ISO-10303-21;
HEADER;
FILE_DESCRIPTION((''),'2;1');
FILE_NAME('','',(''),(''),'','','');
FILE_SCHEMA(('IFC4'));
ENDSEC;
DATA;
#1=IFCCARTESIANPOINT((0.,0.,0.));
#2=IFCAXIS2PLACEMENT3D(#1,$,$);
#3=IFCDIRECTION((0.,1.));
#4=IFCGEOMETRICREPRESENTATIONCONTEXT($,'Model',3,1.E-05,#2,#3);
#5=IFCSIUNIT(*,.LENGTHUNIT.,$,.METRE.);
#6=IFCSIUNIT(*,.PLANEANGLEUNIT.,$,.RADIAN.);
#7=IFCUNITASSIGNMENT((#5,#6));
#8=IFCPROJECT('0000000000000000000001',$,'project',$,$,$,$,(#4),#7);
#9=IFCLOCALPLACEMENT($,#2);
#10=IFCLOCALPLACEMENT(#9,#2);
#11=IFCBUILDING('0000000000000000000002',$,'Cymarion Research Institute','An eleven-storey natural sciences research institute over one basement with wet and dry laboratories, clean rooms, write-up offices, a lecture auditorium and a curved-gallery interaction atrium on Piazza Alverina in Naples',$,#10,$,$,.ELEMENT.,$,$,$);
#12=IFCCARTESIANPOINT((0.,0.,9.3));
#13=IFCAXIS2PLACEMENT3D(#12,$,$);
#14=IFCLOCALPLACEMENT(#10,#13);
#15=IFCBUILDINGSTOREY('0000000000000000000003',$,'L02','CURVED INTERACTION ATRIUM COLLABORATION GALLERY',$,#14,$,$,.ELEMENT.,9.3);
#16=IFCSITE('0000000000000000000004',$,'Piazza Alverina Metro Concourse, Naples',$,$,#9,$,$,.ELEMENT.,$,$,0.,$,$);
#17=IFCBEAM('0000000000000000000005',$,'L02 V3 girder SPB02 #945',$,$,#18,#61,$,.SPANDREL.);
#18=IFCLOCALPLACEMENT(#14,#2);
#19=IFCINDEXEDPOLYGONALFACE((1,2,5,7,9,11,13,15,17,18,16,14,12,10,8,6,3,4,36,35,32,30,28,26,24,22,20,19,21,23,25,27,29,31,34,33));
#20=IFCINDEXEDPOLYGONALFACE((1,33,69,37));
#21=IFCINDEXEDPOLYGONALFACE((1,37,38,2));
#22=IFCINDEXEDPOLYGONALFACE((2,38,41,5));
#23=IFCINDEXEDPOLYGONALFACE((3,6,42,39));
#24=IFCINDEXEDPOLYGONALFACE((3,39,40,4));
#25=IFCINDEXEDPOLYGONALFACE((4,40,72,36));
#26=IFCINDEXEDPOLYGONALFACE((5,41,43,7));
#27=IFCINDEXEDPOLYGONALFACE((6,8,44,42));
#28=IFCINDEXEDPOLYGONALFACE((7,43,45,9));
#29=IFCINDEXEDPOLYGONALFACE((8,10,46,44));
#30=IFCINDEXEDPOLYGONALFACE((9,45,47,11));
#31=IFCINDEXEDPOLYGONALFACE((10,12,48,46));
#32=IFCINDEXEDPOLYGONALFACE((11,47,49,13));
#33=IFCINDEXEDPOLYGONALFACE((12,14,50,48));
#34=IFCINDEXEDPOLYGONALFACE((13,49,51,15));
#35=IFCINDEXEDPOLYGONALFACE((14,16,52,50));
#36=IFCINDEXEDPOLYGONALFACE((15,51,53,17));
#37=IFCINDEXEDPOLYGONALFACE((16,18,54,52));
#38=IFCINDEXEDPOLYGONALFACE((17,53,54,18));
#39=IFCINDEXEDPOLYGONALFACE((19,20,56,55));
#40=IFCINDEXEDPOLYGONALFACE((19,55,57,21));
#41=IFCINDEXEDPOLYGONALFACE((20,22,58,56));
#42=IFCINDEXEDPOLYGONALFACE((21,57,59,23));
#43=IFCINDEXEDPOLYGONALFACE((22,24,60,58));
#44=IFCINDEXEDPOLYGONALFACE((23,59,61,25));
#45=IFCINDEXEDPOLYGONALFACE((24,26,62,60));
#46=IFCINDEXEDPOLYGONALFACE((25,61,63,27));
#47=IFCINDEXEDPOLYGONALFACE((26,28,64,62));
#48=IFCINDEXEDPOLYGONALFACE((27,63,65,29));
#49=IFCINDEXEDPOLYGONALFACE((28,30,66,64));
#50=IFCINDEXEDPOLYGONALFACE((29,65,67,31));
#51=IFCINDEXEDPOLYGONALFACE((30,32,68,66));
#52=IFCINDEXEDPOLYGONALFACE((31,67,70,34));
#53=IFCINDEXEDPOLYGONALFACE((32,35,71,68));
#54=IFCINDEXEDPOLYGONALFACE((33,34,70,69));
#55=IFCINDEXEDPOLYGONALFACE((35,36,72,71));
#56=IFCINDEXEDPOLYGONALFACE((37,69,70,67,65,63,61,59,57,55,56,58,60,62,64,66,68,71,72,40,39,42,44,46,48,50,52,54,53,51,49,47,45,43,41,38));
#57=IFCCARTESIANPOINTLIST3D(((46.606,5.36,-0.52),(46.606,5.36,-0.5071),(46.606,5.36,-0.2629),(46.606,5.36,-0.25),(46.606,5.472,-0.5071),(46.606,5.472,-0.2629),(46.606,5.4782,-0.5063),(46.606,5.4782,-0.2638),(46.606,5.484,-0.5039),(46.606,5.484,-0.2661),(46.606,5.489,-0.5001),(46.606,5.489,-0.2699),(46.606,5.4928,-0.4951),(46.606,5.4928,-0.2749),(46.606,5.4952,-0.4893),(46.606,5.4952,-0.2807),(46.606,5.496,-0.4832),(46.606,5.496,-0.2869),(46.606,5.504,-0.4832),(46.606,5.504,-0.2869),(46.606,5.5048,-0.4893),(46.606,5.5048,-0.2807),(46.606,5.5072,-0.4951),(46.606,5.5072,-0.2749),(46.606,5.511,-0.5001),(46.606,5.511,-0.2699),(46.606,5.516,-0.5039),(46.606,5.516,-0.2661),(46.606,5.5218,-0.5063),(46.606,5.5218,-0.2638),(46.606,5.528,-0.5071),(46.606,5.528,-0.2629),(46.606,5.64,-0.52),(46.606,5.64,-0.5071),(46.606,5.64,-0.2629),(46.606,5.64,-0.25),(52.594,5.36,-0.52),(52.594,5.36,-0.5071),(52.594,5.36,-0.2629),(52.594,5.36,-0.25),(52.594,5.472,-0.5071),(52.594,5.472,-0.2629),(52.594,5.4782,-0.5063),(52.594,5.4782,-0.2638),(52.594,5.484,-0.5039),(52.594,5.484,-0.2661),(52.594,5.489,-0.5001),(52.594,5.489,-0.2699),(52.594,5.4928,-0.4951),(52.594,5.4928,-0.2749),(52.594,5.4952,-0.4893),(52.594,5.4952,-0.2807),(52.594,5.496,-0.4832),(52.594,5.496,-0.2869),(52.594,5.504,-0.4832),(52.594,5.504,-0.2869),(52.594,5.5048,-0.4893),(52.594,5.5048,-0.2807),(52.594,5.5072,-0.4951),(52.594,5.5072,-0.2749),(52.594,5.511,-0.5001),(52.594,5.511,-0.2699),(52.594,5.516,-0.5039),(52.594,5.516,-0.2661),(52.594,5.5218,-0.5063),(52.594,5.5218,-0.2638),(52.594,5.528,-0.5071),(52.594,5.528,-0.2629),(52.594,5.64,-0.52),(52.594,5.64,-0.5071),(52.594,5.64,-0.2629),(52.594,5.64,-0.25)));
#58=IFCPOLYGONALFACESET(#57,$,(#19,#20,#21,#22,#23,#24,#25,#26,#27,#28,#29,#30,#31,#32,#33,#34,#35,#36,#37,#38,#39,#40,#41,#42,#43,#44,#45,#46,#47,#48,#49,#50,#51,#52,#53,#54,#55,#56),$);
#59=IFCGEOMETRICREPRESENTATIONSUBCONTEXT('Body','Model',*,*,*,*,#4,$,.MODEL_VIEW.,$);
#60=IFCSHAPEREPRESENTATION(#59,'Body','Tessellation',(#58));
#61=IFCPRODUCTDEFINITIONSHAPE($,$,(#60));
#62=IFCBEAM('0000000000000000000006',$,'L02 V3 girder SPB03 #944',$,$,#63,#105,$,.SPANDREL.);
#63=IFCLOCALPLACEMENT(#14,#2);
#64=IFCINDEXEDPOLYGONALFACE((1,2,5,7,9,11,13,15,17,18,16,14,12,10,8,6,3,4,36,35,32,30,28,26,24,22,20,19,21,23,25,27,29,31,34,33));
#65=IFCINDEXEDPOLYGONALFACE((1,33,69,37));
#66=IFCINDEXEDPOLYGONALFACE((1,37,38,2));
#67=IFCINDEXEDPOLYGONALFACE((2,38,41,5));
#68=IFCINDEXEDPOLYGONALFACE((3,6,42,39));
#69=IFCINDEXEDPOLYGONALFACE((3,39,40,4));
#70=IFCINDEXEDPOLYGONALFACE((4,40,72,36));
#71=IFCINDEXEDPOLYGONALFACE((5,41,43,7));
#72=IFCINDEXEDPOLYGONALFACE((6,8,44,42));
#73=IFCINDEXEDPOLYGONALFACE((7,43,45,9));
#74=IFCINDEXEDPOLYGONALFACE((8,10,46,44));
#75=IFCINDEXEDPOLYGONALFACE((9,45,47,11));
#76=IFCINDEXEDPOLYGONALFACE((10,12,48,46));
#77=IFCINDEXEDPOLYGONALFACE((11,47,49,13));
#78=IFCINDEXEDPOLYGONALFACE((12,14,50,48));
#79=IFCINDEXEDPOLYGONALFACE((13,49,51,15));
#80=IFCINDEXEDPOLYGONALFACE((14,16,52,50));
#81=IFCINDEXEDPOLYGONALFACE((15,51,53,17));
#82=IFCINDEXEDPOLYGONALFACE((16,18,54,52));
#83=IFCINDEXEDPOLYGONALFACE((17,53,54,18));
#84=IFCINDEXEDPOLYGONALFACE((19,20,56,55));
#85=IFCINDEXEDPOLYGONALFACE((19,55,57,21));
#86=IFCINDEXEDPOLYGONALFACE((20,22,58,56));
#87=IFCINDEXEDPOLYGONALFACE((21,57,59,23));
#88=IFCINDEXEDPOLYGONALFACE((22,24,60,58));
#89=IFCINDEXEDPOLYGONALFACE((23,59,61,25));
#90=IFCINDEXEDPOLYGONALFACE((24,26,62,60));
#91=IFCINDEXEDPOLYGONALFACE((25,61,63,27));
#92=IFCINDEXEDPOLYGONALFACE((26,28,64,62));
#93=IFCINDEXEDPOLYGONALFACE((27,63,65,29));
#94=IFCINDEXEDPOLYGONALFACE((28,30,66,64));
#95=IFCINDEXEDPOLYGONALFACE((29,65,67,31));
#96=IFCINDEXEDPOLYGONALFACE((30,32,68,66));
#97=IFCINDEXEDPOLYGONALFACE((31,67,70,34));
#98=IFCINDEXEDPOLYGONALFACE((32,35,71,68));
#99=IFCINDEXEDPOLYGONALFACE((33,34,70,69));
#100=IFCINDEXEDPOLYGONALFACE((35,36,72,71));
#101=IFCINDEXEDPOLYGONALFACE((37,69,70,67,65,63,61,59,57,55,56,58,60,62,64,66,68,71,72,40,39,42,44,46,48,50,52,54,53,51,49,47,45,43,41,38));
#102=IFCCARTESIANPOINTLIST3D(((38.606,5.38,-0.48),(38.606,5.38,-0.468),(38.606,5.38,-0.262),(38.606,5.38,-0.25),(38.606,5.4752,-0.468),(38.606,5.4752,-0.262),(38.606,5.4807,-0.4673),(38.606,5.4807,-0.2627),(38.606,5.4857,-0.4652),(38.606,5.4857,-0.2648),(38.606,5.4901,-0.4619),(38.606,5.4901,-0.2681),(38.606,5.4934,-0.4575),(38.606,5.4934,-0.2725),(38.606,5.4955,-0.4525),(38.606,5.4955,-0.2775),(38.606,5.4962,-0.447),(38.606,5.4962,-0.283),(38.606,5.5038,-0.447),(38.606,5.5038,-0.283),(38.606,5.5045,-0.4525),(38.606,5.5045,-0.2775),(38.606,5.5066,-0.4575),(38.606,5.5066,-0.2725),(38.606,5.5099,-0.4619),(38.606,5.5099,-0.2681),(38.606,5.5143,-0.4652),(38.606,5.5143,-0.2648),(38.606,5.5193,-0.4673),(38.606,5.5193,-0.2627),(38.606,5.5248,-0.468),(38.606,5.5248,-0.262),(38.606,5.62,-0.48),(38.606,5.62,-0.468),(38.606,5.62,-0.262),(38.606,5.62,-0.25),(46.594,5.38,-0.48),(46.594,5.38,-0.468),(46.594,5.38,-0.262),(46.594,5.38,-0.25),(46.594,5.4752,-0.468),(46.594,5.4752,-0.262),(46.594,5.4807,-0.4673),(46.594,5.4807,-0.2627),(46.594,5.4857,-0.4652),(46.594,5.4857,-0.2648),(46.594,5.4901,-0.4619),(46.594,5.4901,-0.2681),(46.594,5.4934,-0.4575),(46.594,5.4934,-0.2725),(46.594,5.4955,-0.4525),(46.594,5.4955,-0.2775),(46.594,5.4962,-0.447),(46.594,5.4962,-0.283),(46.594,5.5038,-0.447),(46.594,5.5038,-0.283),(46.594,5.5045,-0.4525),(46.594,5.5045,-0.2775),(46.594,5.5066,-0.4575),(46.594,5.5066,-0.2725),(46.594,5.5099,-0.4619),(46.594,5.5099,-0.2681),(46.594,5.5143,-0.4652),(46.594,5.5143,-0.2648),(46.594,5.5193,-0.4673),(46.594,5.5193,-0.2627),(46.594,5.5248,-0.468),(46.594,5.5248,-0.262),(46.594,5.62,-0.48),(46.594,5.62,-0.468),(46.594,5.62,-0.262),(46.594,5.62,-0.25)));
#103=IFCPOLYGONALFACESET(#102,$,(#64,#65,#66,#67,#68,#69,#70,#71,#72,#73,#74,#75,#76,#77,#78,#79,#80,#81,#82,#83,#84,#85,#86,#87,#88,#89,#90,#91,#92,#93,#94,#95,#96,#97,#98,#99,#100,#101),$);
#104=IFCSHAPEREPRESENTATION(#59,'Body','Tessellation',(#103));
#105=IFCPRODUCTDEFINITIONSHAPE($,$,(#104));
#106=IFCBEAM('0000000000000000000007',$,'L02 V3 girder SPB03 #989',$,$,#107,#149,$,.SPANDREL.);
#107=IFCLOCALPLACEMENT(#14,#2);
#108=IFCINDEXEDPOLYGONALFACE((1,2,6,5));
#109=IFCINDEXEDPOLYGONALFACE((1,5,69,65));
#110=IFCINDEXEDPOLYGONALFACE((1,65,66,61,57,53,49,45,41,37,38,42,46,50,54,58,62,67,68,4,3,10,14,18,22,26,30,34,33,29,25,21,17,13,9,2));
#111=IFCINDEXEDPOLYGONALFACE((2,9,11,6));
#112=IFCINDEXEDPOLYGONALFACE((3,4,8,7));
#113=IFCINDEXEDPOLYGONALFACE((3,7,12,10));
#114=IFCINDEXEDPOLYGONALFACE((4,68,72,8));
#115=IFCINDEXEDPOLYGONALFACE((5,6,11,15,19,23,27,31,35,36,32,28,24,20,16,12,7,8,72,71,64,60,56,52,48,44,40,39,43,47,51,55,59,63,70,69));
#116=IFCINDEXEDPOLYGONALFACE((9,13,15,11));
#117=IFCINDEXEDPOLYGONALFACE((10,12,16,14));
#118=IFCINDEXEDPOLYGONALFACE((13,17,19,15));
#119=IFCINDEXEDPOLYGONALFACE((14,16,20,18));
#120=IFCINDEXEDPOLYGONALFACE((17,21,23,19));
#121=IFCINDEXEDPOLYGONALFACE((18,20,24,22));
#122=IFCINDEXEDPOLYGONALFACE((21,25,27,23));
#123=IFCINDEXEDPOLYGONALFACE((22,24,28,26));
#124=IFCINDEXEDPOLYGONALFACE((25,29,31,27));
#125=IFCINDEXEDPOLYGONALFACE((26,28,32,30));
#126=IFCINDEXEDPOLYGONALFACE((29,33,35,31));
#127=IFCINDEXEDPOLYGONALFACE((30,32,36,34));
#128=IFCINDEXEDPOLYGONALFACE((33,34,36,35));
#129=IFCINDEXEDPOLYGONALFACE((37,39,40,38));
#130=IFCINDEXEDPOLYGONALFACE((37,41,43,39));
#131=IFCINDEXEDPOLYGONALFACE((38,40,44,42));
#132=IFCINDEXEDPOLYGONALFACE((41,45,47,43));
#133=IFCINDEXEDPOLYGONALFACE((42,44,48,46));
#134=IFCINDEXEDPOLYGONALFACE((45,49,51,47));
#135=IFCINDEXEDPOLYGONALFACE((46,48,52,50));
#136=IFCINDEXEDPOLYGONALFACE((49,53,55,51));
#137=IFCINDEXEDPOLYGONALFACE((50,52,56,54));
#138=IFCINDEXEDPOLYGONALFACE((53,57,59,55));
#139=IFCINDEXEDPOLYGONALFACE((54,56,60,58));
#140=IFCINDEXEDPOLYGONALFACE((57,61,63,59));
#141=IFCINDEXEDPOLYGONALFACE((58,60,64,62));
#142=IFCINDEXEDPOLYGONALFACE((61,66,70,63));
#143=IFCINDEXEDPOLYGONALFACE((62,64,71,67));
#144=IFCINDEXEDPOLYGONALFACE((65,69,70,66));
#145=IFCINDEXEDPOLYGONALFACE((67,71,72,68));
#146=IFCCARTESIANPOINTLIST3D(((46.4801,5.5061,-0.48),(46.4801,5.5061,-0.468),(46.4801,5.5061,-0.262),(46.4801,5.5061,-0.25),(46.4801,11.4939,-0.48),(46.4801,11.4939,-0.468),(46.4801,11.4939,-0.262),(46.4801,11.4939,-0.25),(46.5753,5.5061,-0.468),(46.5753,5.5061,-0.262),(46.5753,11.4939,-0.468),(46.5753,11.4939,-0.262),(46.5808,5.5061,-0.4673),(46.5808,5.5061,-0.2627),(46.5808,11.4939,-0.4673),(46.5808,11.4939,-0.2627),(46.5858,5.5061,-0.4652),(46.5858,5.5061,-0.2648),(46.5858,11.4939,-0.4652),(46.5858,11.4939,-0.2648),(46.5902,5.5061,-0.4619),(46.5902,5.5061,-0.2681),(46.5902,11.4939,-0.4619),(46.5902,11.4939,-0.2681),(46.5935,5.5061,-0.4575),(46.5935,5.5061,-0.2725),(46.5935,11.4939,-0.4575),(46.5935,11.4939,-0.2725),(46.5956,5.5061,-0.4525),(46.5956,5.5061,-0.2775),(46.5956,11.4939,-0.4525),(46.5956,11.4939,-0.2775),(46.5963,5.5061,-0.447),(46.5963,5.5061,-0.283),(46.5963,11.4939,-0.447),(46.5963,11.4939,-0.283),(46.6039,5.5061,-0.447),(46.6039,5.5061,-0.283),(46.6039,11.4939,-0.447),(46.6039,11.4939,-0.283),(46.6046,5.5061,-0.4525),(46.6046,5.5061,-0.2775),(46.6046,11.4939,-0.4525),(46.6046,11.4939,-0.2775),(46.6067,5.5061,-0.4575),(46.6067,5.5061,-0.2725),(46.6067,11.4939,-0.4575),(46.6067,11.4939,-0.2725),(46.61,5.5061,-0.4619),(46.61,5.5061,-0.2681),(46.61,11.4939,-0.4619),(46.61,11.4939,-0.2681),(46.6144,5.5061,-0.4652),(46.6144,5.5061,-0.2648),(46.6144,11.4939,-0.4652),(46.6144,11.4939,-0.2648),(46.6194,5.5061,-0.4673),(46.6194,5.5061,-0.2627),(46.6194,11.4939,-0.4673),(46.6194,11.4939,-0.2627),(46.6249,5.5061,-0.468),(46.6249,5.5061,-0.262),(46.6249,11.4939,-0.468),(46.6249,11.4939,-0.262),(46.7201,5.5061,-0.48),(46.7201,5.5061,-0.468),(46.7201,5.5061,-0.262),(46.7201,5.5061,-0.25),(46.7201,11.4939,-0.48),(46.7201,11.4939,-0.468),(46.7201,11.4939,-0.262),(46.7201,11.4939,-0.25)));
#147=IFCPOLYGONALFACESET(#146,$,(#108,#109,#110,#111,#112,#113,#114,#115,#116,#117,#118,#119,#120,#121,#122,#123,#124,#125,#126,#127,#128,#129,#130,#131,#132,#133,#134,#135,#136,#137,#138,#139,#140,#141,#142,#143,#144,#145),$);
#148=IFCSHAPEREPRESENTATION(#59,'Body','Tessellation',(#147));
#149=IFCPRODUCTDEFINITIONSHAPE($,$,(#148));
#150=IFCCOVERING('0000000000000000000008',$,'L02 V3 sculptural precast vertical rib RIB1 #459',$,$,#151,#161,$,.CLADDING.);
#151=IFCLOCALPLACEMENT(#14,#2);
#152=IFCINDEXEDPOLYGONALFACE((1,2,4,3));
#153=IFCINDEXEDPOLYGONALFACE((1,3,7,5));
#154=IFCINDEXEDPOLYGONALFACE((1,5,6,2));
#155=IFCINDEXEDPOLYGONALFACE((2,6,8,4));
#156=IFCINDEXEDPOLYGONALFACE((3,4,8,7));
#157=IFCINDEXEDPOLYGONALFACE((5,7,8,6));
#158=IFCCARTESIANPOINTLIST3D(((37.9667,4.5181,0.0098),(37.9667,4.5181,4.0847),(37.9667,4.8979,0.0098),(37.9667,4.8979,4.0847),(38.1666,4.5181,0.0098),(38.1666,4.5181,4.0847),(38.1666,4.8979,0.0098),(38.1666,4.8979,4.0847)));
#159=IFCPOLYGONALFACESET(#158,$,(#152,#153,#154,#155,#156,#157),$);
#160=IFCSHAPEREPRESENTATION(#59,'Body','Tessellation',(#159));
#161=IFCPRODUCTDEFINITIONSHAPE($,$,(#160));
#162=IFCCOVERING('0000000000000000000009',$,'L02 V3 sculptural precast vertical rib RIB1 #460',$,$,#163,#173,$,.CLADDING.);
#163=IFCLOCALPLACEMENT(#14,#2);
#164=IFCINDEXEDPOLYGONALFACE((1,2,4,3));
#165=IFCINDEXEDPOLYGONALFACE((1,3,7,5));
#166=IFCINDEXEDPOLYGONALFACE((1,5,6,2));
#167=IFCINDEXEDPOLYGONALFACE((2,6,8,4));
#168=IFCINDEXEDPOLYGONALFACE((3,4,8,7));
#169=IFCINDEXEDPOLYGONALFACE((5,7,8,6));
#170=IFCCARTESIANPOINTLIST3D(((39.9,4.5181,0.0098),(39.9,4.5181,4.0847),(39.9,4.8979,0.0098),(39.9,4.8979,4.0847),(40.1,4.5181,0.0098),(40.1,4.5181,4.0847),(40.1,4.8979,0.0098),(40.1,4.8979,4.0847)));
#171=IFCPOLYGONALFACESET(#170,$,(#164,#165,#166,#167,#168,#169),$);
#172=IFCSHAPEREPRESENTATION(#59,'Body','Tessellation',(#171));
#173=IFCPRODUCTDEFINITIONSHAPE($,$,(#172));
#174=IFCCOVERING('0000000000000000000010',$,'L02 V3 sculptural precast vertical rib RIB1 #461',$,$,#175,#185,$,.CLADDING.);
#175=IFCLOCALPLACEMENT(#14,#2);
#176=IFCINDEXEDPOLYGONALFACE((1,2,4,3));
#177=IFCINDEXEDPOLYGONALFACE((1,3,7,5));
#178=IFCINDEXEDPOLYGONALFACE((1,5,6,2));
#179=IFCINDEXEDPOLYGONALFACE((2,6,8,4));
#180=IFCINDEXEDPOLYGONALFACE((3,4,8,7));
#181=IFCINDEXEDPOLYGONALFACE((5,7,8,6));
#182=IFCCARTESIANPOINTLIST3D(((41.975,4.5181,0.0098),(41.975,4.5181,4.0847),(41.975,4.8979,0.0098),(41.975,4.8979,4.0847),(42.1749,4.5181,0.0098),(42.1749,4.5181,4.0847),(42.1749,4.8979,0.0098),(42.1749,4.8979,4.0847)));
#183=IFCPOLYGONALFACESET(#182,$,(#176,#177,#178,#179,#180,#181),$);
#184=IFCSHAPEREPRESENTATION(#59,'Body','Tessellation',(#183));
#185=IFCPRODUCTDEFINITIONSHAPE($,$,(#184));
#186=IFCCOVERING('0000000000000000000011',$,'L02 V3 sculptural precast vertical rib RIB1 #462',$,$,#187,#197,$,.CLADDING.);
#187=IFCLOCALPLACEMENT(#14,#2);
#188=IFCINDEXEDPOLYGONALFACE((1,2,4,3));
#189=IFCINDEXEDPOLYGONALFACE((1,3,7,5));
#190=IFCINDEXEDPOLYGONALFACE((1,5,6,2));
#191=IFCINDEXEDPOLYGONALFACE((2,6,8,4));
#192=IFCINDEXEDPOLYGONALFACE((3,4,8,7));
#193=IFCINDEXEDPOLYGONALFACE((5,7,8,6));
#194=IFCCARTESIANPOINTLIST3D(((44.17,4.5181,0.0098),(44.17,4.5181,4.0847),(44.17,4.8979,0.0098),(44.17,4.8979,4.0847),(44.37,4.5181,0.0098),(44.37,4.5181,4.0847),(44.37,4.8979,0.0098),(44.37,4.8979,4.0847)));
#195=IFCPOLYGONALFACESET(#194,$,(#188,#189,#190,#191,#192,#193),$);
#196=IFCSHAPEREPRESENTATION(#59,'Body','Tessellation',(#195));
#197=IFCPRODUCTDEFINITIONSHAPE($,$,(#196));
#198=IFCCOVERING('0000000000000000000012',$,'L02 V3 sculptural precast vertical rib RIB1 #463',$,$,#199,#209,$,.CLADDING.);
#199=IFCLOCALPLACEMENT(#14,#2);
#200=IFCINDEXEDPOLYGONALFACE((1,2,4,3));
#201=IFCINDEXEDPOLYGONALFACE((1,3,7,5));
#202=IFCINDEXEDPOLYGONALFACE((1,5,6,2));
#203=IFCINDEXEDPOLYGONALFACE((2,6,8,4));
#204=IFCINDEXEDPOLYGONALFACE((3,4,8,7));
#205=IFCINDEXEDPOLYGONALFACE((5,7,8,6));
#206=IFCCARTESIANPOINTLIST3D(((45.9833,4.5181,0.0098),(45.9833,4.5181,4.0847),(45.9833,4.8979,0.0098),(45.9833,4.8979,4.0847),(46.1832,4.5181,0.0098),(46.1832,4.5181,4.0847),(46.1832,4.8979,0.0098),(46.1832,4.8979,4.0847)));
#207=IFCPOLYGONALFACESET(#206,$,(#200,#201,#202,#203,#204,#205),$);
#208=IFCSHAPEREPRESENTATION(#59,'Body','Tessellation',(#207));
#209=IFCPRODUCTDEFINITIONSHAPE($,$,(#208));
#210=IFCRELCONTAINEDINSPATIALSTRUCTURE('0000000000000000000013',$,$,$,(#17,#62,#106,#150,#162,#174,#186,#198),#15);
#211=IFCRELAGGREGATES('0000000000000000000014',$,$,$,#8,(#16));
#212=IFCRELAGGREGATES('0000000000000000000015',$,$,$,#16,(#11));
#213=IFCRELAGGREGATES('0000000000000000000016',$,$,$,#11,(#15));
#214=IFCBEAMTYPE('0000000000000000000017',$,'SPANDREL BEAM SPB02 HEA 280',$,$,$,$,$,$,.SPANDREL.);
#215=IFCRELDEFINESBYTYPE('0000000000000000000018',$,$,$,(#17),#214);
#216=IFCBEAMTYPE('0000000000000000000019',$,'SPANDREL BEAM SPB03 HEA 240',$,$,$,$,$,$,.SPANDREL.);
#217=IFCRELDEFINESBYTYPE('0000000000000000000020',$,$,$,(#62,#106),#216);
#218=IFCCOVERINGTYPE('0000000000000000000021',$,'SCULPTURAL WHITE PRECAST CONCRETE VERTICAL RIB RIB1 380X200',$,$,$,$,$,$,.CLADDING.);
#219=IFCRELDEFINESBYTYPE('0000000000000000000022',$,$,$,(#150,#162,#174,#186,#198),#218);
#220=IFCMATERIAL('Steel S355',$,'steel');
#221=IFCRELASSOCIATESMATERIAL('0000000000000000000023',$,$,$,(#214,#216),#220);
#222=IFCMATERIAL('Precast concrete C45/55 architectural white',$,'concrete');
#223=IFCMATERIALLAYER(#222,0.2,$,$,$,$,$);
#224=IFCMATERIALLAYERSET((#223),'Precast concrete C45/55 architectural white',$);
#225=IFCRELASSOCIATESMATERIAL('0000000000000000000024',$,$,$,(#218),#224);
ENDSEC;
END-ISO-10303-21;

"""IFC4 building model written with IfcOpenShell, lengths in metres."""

from ifc_helpers import new_model, si_unit, direction, frame, origin, origin_2d, place, context, subcontext, project, spatial, rectangle, i_section, extrude, material, layer, layer_set, material_profile, profile_set, type_object, element, save


model = new_model("IFC4")

# Units and contexts
model_context = context("Model", 3, precision=1e-05, world=origin(), true_north=direction((0.0, 1.0)))
body_context = subcontext(model_context, "Body", "Model", "MODEL_VIEW")
ifc_project = project(units=[si_unit("LENGTHUNIT", "METRE"), si_unit("PLANEANGLEUNIT", "RADIAN")], contexts=[model_context])

# Site, building, storey
site_placement = place(None, origin())
site = spatial("IfcSite", under=ifc_project, at=site_placement, Name="Piazza Alverina Metro Concourse, Naples", CompositionType="ELEMENT", RefElevation=0.0)
building_placement = place(site_placement, origin())
building = spatial("IfcBuilding", under=site, at=building_placement, Name="Cymarion Research Institute", Description="An eleven-storey natural sciences research institute over one basement with wet and dry laboratories, clean rooms, write-up offices, a lecture auditorium and a curved-gallery interaction atrium on Piazza Alverina in Naples", CompositionType="ELEMENT")
storey_placement = place(building_placement, frame((0.0, 0.0, 9.3)))
storey = spatial("IfcBuildingStorey", under=building, at=storey_placement, Name="L02", Description="CURVED INTERACTION ATRIUM COLLABORATION GALLERY", CompositionType="ELEMENT", Elevation=9.3)

# Shared definitions
ifc_material_1 = material(Name="Steel S355", Category="steel")

# Beams
ifc_material_profile_1 = material_profile(ifc_material_1, i_section(OverallWidth=0.28, OverallDepth=0.27, WebThickness=0.0081, FlangeThickness=0.0129, FilletRadius=0.0239, at=origin_2d()), Name="HEA 280")
ifc_profile_set_1 = profile_set([ifc_material_profile_1], Name="Steel S355")
beam_type_1 = type_object("IfcBeamType", Name="SPANDREL BEAM SPB02 HEA 280", PredefinedType="SPANDREL", material=ifc_profile_set_1)
beam_1_placement = place(storey_placement, frame((46.606, 5.5, -0.385), z_axis=(1.0, 0.0, 0.0), x_axis=(0.0, 1.0, 0.0)))
element("IfcBeam", 1, at=beam_1_placement, inside=storey, type_object=beam_type_1, Name="L02 V3 girder SPB02 #945", PredefinedType="SPANDREL", context=body_context, shape_type="SweptSolid", body=[
    extrude(i_section(OverallWidth=0.28, OverallDepth=0.27, WebThickness=0.0081, FlangeThickness=0.0129, FilletRadius=0.0239, at=origin_2d()), origin(), (0.0, 0.0, 1.0), 5.988),
])
ifc_material_profile_2 = material_profile(ifc_material_1, i_section(OverallWidth=0.24, OverallDepth=0.23, WebThickness=0.0076, FlangeThickness=0.012, FilletRadius=0.021, at=origin_2d()), Name="HEA 240")
ifc_profile_set_2 = profile_set([ifc_material_profile_2], Name="Steel S355")
beam_type_2 = type_object("IfcBeamType", Name="SPANDREL BEAM SPB03 HEA 240", PredefinedType="SPANDREL", material=ifc_profile_set_2)
beam_2_placement = place(storey_placement, frame((38.606, 5.5, -0.365), z_axis=(1.0, 0.0, 0.0), x_axis=(0.0, 1.0, 0.0)))
element("IfcBeam", 2, at=beam_2_placement, inside=storey, type_object=beam_type_2, Name="L02 V3 girder SPB03 #944", PredefinedType="SPANDREL", context=body_context, shape_type="SweptSolid", body=[
    extrude(i_section(OverallWidth=0.24, OverallDepth=0.23, WebThickness=0.0076, FlangeThickness=0.012, FilletRadius=0.021, at=origin_2d()), origin(), (0.0, 0.0, 1.0), 7.988),
])
beam_3_placement = place(storey_placement, frame((46.6001, 5.5061, -0.365), z_axis=(0.0, 1.0, 0.0), x_axis=(-1.0, 0.0, 0.0)))
element("IfcBeam", 3, at=beam_3_placement, inside=storey, type_object=beam_type_2, Name="L02 V3 girder SPB03 #989", PredefinedType="SPANDREL", context=body_context, shape_type="SweptSolid", body=[
    extrude(i_section(OverallWidth=0.24, OverallDepth=0.23, WebThickness=0.0076, FlangeThickness=0.012, FilletRadius=0.021, at=origin_2d()), origin(), (0.0, 0.0, 1.0), 5.9878),
])

# Coverings
ifc_material_2 = material(Name="Precast concrete C45/55 architectural white", Category="concrete")
ifc_layer = layer(ifc_material_2, 0.2)
ifc_layer_set = layer_set([ifc_layer], Name="Precast concrete C45/55 architectural white")
covering_type = type_object("IfcCoveringType", Name="SCULPTURAL WHITE PRECAST CONCRETE VERTICAL RIB RIB1 380X200", PredefinedType="CLADDING", material=ifc_layer_set)
for number, where, z_axis, x_axis, name in (
    (4, (38.0667, 4.708, 0.0098), (0.0, 0.0, 1.0), (0.0, -1.0, 0.0), "L02 V3 sculptural precast vertical rib RIB1 #459"),
    (5, (40.0, 4.708, 0.0098), (0.0, 0.0, 1.0), (0.0, -1.0, 0.0), "L02 V3 sculptural precast vertical rib RIB1 #460"),
    (6, (42.075, 4.708, 0.0098), (0.0, 0.0, 1.0), (0.0, -1.0, 0.0), "L02 V3 sculptural precast vertical rib RIB1 #461"),
    (7, (44.27, 4.708, 0.0098), (0.0, 0.0, 1.0), (0.0, -1.0, 0.0), "L02 V3 sculptural precast vertical rib RIB1 #462"),
    (8, (46.0833, 4.708, 0.0098), (0.0, 0.0, 1.0), (0.0, -1.0, 0.0), "L02 V3 sculptural precast vertical rib RIB1 #463"),
):
    element("IfcCovering", number, at=place(storey_placement, frame(where, z_axis=z_axis, x_axis=x_axis)), inside=storey, type_object=covering_type, Name=name, PredefinedType="CLADDING", context=body_context, shape_type="SweptSolid", body=[
        extrude(rectangle(XDim=0.3799, YDim=0.2, at=origin_2d()), origin(), (0.0, 0.0, 1.0), 4.075),
    ])

save(model, "model.ifc")
